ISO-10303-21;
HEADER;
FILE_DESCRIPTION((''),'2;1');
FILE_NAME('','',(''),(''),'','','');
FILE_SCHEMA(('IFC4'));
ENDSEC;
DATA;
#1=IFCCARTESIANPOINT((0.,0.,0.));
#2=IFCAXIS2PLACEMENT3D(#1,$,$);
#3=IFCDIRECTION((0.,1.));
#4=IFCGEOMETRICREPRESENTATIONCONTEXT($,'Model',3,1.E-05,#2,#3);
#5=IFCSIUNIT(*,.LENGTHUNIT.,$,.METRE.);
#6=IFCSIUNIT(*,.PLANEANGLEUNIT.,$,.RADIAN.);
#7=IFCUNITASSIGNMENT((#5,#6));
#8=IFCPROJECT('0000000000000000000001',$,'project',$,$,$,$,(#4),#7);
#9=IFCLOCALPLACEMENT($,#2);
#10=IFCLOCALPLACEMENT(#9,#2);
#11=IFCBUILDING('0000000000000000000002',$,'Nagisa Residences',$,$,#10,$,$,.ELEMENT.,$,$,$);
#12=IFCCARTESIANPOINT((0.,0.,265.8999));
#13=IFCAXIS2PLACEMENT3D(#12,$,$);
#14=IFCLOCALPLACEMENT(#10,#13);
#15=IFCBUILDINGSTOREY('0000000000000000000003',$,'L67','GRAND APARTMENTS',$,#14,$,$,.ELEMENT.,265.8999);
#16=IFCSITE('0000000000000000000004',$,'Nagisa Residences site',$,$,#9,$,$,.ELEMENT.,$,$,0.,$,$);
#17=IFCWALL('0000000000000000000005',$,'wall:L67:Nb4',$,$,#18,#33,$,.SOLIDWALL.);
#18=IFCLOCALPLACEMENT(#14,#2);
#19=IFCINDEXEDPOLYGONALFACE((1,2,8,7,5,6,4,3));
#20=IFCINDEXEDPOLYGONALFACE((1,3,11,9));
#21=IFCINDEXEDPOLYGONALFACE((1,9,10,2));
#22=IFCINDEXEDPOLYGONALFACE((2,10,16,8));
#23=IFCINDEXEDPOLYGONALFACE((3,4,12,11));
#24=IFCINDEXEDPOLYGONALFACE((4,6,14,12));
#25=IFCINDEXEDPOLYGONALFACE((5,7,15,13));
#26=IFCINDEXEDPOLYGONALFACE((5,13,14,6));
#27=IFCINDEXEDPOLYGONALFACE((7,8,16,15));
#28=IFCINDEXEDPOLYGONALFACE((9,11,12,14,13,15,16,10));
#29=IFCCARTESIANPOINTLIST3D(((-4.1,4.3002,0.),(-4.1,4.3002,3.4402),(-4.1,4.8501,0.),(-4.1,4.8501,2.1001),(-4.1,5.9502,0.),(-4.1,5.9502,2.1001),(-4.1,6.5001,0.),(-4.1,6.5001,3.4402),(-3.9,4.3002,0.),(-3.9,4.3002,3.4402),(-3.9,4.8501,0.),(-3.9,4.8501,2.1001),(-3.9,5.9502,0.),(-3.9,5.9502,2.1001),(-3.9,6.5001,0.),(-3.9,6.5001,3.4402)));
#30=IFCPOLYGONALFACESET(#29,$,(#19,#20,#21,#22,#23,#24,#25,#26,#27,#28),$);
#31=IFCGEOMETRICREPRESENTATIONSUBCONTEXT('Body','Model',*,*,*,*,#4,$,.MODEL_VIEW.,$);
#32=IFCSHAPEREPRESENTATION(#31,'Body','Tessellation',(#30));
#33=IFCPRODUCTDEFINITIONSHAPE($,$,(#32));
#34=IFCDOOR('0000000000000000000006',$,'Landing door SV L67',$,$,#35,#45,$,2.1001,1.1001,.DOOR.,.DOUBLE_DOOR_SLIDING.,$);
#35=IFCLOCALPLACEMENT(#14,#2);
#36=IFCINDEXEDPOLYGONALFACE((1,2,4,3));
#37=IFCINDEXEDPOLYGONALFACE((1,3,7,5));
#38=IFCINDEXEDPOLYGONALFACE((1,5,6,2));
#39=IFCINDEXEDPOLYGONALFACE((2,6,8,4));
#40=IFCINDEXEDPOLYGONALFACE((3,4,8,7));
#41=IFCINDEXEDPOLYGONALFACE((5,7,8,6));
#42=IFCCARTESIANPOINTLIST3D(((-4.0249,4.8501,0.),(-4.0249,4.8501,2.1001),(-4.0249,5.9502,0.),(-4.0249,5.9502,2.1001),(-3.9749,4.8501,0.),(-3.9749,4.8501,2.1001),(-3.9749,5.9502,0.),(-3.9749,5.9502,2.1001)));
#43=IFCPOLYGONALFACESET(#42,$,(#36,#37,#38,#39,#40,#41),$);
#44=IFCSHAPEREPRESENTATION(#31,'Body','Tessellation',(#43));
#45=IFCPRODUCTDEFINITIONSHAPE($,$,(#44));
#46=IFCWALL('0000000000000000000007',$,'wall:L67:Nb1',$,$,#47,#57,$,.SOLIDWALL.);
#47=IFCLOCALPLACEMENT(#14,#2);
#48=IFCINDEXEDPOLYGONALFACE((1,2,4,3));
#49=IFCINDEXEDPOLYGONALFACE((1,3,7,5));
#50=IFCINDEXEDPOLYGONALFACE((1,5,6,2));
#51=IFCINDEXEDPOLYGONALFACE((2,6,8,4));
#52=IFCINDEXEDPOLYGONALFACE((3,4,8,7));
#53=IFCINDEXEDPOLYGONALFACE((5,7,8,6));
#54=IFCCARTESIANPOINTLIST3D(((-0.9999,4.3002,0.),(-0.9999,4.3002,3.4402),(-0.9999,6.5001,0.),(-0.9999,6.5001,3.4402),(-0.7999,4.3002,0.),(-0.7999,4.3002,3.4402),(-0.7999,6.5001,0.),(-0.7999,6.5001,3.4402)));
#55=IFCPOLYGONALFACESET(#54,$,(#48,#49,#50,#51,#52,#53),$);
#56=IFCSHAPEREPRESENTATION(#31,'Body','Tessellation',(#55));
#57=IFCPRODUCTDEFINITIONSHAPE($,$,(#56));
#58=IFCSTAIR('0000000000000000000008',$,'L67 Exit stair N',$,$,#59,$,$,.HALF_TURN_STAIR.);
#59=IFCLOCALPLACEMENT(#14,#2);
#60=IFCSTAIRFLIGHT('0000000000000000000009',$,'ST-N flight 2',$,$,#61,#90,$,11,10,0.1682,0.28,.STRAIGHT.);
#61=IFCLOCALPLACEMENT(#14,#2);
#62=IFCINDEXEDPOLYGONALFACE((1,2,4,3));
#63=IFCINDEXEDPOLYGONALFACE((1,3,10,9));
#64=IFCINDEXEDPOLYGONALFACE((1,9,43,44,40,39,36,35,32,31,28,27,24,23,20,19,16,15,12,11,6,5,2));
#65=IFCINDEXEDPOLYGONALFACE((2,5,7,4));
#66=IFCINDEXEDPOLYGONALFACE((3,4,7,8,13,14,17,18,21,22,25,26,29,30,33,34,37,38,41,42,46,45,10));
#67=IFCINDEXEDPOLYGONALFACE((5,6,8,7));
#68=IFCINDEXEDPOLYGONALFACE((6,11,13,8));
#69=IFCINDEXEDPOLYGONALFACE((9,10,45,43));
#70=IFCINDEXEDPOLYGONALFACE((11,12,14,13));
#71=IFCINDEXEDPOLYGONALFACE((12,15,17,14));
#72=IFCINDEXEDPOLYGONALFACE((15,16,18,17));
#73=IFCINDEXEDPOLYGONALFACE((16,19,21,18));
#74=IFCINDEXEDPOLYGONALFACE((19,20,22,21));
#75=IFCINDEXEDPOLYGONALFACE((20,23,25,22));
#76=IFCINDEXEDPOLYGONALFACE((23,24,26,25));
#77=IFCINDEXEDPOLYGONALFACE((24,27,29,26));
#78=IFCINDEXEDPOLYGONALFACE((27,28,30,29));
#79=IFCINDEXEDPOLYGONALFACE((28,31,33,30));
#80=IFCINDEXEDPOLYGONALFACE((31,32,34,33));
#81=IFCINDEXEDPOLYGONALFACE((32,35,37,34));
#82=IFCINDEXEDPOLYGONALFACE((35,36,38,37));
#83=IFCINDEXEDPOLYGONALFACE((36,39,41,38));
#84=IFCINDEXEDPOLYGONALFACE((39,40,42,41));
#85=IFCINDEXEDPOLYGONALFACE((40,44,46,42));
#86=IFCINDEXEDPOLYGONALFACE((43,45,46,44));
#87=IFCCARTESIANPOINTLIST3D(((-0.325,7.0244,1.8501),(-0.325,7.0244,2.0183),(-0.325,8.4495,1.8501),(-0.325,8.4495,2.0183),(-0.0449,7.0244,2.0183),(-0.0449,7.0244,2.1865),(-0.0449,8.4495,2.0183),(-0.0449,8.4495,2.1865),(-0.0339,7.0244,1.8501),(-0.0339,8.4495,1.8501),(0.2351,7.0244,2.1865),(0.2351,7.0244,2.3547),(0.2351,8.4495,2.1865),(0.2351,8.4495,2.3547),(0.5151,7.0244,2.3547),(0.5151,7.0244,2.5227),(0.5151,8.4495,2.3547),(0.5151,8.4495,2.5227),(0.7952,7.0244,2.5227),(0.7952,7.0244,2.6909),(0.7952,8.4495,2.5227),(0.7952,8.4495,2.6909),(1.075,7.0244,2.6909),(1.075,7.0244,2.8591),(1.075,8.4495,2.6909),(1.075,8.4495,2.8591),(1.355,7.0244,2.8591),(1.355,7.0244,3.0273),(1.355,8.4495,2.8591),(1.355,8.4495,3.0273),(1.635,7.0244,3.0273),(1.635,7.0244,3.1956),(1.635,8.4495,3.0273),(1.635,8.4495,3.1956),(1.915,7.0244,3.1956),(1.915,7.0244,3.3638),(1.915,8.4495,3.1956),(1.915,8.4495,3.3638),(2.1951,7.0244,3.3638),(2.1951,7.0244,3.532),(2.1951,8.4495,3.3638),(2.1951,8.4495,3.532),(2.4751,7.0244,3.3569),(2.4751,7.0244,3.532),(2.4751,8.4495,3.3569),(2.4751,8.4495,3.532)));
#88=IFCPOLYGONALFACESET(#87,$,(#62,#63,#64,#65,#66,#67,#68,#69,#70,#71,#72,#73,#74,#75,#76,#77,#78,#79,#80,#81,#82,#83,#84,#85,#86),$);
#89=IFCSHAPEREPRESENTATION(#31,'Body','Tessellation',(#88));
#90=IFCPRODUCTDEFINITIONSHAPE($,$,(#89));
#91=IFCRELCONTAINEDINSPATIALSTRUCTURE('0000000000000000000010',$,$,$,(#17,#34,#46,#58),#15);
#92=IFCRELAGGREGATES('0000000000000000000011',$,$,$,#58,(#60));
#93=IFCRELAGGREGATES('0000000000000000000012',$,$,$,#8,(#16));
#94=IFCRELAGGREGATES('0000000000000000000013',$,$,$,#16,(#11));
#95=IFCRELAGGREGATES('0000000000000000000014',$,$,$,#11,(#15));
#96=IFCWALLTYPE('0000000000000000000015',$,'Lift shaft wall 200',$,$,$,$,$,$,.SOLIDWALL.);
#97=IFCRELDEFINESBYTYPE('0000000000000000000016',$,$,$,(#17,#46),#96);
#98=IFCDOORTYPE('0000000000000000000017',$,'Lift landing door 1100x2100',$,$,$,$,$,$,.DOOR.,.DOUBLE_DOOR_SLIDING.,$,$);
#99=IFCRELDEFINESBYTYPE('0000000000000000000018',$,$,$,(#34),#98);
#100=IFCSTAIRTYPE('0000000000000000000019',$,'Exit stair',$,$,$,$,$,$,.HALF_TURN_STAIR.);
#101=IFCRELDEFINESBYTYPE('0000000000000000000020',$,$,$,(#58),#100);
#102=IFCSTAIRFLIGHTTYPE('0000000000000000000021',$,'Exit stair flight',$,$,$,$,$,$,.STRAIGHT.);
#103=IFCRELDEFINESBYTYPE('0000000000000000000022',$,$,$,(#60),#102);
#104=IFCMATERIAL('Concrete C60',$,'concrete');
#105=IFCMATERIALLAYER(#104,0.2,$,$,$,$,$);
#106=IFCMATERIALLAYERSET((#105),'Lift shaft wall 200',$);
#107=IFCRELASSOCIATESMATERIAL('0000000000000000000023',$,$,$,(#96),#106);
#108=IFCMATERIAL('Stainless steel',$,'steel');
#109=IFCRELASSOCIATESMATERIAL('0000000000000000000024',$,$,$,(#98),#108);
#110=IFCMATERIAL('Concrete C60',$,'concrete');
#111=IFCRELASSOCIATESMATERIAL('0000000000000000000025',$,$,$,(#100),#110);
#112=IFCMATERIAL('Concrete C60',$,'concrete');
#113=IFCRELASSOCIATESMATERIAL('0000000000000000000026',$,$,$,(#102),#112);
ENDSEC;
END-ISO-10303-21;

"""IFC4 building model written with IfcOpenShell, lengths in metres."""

from ifc_helpers import new_model, si_unit, direction, frame, frame_2d, origin, place, context, subcontext, project, spatial, polyline, rectangle, outline, extrude, material, layer, layer_set, type_object, element, fill, aggregate, save


model = new_model("IFC4")

# Units and contexts
model_context = context("Model", 3, precision=1e-05, world=origin(), true_north=direction((0.0, 1.0)))
body_context = subcontext(model_context, "Body", "Model", "MODEL_VIEW")
ifc_project = project(units=[si_unit("LENGTHUNIT", "METRE"), si_unit("PLANEANGLEUNIT", "RADIAN")], contexts=[model_context])

# Site, building, storey
site_placement = place(None, origin())
site = spatial("IfcSite", under=ifc_project, at=site_placement, Name="Nagisa Residences site", CompositionType="ELEMENT", RefElevation=0.0)
building_placement = place(site_placement, origin())
building = spatial("IfcBuilding", under=site, at=building_placement, Name="Nagisa Residences", CompositionType="ELEMENT")
storey_placement = place(building_placement, frame((0.0, 0.0, 265.8999)))
storey = spatial("IfcBuildingStorey", under=building, at=storey_placement, Name="L67", Description="GRAND APARTMENTS", CompositionType="ELEMENT", Elevation=265.8999)

# Wall, opening, door
ifc_material_1 = material(Name="Concrete C60", Category="concrete")
ifc_layer_1 = layer(ifc_material_1, 0.2)
ifc_layer_set_1 = layer_set([ifc_layer_1], Name="Lift shaft wall 200")
wall_type_1 = type_object("IfcWallType", Name="Lift shaft wall 200", PredefinedType="SOLIDWALL", material=ifc_layer_set_1)
wall_1_placement = place(storey_placement, frame((-4.0, 4.3, 0.0), z_axis=(0.0, 0.0, 1.0), x_axis=(0.0, 1.0, 0.0)))
wall_1 = element("IfcWall", 1, at=wall_1_placement, inside=storey, type_object=wall_type_1, Name="wall:L67:Nb4", PredefinedType="SOLIDWALL", context=body_context, shape_type="SweptSolid", body=[
    extrude(rectangle(XDim=2.2, YDim=0.2, at=frame_2d((1.1001, 0.0))), origin(), (0.0, 0.0, 1.0), 3.4402),
])
opening_1_placement = place(wall_1_placement, frame((0.55, 0.0, 0.0)))
opening_1 = element("IfcOpeningElement", 2, at=opening_1_placement, cuts=wall_1, PredefinedType="OPENING", context=body_context, shape_type="SweptSolid", body=[
    extrude(rectangle(XDim=1.1001, YDim=2.1001, at=frame_2d((0.55, 1.05))), frame((0.0, 0.1099, 0.0), z_axis=(0.0, -1.0, 0.0), x_axis=(1.0, 0.0, 0.0)), (0.0, 0.0, 1.0), 0.22),
])
ifc_material_2 = material(Name="Stainless steel", Category="steel")
door_type_1 = type_object("IfcDoorType", Name="Lift landing door 1100x2100", OperationType="DOUBLE_DOOR_SLIDING", PredefinedType="DOOR", material=ifc_material_2)
door_1_placement = place(opening_1_placement, origin())
door_1 = element("IfcDoor", 3, at=door_1_placement, inside=storey, type_object=door_type_1, Name="Landing door SV L67", OperationType="DOUBLE_DOOR_SLIDING", OverallHeight=2.1001, OverallWidth=1.1001, PredefinedType="DOOR", context=body_context, shape_type="SweptSolid", body=[
    extrude(rectangle(XDim=1.1001, YDim=2.1001, at=frame_2d((0.55, 1.05))), frame((0.0, 0.0249, 0.0), z_axis=(0.0, -1.0, 0.0), x_axis=(1.0, 0.0, 0.0)), (0.0, 0.0, 1.0), 0.05),
])
fill(opening_1, door_1)

# Wall
wall_2_placement = place(storey_placement, frame((-0.8999, 4.3, 0.0), z_axis=(0.0, 0.0, 1.0), x_axis=(0.0, 1.0, 0.0)))
element("IfcWall", 4, at=wall_2_placement, inside=storey, type_object=wall_type_1, Name="wall:L67:Nb1", PredefinedType="SOLIDWALL", context=body_context, shape_type="SweptSolid", body=[
    extrude(rectangle(XDim=2.2, YDim=0.2, at=frame_2d((1.1001, 0.0))), origin(), (0.0, 0.0, 1.0), 3.4402),
])

# Stair, stair flight
ifc_material_3 = material(Name="Concrete C60", Category="concrete")
stair_type = type_object("IfcStairType", Name="Exit stair", PredefinedType="HALF_TURN_STAIR", material=ifc_material_3)
stair_placement = place(storey_placement, origin())
stair = element("IfcStair", 5, at=stair_placement, inside=storey, type_object=stair_type, Name="L67 Exit stair N", PredefinedType="HALF_TURN_STAIR")
ifc_material_4 = material(Name="Concrete C60", Category="concrete")
stair_flight_type = type_object("IfcStairFlightType", Name="Exit stair flight", PredefinedType="STRAIGHT", material=ifc_material_4)
stair_flight_placement = place(storey_placement, frame((-0.325, 7.7371, 1.8501), z_axis=(0.0, 0.0, 1.0), x_axis=(1.0, 0.0, 0.0)))
stair_flight = element("IfcStairFlight", 6, at=stair_flight_placement, type_object=stair_flight_type, Name="ST-N flight 2", NumberOfRisers=11, NumberOfTreads=10, PredefinedType="STRAIGHT", RiserHeight=0.1682, TreadLength=0.28, context=body_context, shape_type="SweptSolid", body=[
    extrude(outline(polyline([(0.0, 0.0), (0.0, 0.1682), (0.28, 0.1682), (0.28, 0.3364), (0.5601, 0.3364), (0.5601, 0.5046), (0.8401, 0.5046), (0.8401, 0.6726), (1.1201, 0.6726), (1.1201, 0.8408), (1.3999, 0.8408), (1.3999, 1.009), (1.6799, 1.009), (1.6799, 1.1772), (1.96, 1.1772), (1.96, 1.3455), (2.24, 1.3455), (2.24, 1.5137), (2.52, 1.5137), (2.52, 1.6819), (2.8, 1.6819), (2.8, 1.8501), (2.8, 1.5068), (0.291, 0.0), (0.0, 0.0)])), frame((0.0, 0.7124, 0.0), z_axis=(0.0, -1.0, 0.0), x_axis=(1.0, 0.0, 0.0)), (0.0, 0.0, 1.0), 1.425),
])
aggregate(stair, [stair_flight])

save(model, "model.ifc")
